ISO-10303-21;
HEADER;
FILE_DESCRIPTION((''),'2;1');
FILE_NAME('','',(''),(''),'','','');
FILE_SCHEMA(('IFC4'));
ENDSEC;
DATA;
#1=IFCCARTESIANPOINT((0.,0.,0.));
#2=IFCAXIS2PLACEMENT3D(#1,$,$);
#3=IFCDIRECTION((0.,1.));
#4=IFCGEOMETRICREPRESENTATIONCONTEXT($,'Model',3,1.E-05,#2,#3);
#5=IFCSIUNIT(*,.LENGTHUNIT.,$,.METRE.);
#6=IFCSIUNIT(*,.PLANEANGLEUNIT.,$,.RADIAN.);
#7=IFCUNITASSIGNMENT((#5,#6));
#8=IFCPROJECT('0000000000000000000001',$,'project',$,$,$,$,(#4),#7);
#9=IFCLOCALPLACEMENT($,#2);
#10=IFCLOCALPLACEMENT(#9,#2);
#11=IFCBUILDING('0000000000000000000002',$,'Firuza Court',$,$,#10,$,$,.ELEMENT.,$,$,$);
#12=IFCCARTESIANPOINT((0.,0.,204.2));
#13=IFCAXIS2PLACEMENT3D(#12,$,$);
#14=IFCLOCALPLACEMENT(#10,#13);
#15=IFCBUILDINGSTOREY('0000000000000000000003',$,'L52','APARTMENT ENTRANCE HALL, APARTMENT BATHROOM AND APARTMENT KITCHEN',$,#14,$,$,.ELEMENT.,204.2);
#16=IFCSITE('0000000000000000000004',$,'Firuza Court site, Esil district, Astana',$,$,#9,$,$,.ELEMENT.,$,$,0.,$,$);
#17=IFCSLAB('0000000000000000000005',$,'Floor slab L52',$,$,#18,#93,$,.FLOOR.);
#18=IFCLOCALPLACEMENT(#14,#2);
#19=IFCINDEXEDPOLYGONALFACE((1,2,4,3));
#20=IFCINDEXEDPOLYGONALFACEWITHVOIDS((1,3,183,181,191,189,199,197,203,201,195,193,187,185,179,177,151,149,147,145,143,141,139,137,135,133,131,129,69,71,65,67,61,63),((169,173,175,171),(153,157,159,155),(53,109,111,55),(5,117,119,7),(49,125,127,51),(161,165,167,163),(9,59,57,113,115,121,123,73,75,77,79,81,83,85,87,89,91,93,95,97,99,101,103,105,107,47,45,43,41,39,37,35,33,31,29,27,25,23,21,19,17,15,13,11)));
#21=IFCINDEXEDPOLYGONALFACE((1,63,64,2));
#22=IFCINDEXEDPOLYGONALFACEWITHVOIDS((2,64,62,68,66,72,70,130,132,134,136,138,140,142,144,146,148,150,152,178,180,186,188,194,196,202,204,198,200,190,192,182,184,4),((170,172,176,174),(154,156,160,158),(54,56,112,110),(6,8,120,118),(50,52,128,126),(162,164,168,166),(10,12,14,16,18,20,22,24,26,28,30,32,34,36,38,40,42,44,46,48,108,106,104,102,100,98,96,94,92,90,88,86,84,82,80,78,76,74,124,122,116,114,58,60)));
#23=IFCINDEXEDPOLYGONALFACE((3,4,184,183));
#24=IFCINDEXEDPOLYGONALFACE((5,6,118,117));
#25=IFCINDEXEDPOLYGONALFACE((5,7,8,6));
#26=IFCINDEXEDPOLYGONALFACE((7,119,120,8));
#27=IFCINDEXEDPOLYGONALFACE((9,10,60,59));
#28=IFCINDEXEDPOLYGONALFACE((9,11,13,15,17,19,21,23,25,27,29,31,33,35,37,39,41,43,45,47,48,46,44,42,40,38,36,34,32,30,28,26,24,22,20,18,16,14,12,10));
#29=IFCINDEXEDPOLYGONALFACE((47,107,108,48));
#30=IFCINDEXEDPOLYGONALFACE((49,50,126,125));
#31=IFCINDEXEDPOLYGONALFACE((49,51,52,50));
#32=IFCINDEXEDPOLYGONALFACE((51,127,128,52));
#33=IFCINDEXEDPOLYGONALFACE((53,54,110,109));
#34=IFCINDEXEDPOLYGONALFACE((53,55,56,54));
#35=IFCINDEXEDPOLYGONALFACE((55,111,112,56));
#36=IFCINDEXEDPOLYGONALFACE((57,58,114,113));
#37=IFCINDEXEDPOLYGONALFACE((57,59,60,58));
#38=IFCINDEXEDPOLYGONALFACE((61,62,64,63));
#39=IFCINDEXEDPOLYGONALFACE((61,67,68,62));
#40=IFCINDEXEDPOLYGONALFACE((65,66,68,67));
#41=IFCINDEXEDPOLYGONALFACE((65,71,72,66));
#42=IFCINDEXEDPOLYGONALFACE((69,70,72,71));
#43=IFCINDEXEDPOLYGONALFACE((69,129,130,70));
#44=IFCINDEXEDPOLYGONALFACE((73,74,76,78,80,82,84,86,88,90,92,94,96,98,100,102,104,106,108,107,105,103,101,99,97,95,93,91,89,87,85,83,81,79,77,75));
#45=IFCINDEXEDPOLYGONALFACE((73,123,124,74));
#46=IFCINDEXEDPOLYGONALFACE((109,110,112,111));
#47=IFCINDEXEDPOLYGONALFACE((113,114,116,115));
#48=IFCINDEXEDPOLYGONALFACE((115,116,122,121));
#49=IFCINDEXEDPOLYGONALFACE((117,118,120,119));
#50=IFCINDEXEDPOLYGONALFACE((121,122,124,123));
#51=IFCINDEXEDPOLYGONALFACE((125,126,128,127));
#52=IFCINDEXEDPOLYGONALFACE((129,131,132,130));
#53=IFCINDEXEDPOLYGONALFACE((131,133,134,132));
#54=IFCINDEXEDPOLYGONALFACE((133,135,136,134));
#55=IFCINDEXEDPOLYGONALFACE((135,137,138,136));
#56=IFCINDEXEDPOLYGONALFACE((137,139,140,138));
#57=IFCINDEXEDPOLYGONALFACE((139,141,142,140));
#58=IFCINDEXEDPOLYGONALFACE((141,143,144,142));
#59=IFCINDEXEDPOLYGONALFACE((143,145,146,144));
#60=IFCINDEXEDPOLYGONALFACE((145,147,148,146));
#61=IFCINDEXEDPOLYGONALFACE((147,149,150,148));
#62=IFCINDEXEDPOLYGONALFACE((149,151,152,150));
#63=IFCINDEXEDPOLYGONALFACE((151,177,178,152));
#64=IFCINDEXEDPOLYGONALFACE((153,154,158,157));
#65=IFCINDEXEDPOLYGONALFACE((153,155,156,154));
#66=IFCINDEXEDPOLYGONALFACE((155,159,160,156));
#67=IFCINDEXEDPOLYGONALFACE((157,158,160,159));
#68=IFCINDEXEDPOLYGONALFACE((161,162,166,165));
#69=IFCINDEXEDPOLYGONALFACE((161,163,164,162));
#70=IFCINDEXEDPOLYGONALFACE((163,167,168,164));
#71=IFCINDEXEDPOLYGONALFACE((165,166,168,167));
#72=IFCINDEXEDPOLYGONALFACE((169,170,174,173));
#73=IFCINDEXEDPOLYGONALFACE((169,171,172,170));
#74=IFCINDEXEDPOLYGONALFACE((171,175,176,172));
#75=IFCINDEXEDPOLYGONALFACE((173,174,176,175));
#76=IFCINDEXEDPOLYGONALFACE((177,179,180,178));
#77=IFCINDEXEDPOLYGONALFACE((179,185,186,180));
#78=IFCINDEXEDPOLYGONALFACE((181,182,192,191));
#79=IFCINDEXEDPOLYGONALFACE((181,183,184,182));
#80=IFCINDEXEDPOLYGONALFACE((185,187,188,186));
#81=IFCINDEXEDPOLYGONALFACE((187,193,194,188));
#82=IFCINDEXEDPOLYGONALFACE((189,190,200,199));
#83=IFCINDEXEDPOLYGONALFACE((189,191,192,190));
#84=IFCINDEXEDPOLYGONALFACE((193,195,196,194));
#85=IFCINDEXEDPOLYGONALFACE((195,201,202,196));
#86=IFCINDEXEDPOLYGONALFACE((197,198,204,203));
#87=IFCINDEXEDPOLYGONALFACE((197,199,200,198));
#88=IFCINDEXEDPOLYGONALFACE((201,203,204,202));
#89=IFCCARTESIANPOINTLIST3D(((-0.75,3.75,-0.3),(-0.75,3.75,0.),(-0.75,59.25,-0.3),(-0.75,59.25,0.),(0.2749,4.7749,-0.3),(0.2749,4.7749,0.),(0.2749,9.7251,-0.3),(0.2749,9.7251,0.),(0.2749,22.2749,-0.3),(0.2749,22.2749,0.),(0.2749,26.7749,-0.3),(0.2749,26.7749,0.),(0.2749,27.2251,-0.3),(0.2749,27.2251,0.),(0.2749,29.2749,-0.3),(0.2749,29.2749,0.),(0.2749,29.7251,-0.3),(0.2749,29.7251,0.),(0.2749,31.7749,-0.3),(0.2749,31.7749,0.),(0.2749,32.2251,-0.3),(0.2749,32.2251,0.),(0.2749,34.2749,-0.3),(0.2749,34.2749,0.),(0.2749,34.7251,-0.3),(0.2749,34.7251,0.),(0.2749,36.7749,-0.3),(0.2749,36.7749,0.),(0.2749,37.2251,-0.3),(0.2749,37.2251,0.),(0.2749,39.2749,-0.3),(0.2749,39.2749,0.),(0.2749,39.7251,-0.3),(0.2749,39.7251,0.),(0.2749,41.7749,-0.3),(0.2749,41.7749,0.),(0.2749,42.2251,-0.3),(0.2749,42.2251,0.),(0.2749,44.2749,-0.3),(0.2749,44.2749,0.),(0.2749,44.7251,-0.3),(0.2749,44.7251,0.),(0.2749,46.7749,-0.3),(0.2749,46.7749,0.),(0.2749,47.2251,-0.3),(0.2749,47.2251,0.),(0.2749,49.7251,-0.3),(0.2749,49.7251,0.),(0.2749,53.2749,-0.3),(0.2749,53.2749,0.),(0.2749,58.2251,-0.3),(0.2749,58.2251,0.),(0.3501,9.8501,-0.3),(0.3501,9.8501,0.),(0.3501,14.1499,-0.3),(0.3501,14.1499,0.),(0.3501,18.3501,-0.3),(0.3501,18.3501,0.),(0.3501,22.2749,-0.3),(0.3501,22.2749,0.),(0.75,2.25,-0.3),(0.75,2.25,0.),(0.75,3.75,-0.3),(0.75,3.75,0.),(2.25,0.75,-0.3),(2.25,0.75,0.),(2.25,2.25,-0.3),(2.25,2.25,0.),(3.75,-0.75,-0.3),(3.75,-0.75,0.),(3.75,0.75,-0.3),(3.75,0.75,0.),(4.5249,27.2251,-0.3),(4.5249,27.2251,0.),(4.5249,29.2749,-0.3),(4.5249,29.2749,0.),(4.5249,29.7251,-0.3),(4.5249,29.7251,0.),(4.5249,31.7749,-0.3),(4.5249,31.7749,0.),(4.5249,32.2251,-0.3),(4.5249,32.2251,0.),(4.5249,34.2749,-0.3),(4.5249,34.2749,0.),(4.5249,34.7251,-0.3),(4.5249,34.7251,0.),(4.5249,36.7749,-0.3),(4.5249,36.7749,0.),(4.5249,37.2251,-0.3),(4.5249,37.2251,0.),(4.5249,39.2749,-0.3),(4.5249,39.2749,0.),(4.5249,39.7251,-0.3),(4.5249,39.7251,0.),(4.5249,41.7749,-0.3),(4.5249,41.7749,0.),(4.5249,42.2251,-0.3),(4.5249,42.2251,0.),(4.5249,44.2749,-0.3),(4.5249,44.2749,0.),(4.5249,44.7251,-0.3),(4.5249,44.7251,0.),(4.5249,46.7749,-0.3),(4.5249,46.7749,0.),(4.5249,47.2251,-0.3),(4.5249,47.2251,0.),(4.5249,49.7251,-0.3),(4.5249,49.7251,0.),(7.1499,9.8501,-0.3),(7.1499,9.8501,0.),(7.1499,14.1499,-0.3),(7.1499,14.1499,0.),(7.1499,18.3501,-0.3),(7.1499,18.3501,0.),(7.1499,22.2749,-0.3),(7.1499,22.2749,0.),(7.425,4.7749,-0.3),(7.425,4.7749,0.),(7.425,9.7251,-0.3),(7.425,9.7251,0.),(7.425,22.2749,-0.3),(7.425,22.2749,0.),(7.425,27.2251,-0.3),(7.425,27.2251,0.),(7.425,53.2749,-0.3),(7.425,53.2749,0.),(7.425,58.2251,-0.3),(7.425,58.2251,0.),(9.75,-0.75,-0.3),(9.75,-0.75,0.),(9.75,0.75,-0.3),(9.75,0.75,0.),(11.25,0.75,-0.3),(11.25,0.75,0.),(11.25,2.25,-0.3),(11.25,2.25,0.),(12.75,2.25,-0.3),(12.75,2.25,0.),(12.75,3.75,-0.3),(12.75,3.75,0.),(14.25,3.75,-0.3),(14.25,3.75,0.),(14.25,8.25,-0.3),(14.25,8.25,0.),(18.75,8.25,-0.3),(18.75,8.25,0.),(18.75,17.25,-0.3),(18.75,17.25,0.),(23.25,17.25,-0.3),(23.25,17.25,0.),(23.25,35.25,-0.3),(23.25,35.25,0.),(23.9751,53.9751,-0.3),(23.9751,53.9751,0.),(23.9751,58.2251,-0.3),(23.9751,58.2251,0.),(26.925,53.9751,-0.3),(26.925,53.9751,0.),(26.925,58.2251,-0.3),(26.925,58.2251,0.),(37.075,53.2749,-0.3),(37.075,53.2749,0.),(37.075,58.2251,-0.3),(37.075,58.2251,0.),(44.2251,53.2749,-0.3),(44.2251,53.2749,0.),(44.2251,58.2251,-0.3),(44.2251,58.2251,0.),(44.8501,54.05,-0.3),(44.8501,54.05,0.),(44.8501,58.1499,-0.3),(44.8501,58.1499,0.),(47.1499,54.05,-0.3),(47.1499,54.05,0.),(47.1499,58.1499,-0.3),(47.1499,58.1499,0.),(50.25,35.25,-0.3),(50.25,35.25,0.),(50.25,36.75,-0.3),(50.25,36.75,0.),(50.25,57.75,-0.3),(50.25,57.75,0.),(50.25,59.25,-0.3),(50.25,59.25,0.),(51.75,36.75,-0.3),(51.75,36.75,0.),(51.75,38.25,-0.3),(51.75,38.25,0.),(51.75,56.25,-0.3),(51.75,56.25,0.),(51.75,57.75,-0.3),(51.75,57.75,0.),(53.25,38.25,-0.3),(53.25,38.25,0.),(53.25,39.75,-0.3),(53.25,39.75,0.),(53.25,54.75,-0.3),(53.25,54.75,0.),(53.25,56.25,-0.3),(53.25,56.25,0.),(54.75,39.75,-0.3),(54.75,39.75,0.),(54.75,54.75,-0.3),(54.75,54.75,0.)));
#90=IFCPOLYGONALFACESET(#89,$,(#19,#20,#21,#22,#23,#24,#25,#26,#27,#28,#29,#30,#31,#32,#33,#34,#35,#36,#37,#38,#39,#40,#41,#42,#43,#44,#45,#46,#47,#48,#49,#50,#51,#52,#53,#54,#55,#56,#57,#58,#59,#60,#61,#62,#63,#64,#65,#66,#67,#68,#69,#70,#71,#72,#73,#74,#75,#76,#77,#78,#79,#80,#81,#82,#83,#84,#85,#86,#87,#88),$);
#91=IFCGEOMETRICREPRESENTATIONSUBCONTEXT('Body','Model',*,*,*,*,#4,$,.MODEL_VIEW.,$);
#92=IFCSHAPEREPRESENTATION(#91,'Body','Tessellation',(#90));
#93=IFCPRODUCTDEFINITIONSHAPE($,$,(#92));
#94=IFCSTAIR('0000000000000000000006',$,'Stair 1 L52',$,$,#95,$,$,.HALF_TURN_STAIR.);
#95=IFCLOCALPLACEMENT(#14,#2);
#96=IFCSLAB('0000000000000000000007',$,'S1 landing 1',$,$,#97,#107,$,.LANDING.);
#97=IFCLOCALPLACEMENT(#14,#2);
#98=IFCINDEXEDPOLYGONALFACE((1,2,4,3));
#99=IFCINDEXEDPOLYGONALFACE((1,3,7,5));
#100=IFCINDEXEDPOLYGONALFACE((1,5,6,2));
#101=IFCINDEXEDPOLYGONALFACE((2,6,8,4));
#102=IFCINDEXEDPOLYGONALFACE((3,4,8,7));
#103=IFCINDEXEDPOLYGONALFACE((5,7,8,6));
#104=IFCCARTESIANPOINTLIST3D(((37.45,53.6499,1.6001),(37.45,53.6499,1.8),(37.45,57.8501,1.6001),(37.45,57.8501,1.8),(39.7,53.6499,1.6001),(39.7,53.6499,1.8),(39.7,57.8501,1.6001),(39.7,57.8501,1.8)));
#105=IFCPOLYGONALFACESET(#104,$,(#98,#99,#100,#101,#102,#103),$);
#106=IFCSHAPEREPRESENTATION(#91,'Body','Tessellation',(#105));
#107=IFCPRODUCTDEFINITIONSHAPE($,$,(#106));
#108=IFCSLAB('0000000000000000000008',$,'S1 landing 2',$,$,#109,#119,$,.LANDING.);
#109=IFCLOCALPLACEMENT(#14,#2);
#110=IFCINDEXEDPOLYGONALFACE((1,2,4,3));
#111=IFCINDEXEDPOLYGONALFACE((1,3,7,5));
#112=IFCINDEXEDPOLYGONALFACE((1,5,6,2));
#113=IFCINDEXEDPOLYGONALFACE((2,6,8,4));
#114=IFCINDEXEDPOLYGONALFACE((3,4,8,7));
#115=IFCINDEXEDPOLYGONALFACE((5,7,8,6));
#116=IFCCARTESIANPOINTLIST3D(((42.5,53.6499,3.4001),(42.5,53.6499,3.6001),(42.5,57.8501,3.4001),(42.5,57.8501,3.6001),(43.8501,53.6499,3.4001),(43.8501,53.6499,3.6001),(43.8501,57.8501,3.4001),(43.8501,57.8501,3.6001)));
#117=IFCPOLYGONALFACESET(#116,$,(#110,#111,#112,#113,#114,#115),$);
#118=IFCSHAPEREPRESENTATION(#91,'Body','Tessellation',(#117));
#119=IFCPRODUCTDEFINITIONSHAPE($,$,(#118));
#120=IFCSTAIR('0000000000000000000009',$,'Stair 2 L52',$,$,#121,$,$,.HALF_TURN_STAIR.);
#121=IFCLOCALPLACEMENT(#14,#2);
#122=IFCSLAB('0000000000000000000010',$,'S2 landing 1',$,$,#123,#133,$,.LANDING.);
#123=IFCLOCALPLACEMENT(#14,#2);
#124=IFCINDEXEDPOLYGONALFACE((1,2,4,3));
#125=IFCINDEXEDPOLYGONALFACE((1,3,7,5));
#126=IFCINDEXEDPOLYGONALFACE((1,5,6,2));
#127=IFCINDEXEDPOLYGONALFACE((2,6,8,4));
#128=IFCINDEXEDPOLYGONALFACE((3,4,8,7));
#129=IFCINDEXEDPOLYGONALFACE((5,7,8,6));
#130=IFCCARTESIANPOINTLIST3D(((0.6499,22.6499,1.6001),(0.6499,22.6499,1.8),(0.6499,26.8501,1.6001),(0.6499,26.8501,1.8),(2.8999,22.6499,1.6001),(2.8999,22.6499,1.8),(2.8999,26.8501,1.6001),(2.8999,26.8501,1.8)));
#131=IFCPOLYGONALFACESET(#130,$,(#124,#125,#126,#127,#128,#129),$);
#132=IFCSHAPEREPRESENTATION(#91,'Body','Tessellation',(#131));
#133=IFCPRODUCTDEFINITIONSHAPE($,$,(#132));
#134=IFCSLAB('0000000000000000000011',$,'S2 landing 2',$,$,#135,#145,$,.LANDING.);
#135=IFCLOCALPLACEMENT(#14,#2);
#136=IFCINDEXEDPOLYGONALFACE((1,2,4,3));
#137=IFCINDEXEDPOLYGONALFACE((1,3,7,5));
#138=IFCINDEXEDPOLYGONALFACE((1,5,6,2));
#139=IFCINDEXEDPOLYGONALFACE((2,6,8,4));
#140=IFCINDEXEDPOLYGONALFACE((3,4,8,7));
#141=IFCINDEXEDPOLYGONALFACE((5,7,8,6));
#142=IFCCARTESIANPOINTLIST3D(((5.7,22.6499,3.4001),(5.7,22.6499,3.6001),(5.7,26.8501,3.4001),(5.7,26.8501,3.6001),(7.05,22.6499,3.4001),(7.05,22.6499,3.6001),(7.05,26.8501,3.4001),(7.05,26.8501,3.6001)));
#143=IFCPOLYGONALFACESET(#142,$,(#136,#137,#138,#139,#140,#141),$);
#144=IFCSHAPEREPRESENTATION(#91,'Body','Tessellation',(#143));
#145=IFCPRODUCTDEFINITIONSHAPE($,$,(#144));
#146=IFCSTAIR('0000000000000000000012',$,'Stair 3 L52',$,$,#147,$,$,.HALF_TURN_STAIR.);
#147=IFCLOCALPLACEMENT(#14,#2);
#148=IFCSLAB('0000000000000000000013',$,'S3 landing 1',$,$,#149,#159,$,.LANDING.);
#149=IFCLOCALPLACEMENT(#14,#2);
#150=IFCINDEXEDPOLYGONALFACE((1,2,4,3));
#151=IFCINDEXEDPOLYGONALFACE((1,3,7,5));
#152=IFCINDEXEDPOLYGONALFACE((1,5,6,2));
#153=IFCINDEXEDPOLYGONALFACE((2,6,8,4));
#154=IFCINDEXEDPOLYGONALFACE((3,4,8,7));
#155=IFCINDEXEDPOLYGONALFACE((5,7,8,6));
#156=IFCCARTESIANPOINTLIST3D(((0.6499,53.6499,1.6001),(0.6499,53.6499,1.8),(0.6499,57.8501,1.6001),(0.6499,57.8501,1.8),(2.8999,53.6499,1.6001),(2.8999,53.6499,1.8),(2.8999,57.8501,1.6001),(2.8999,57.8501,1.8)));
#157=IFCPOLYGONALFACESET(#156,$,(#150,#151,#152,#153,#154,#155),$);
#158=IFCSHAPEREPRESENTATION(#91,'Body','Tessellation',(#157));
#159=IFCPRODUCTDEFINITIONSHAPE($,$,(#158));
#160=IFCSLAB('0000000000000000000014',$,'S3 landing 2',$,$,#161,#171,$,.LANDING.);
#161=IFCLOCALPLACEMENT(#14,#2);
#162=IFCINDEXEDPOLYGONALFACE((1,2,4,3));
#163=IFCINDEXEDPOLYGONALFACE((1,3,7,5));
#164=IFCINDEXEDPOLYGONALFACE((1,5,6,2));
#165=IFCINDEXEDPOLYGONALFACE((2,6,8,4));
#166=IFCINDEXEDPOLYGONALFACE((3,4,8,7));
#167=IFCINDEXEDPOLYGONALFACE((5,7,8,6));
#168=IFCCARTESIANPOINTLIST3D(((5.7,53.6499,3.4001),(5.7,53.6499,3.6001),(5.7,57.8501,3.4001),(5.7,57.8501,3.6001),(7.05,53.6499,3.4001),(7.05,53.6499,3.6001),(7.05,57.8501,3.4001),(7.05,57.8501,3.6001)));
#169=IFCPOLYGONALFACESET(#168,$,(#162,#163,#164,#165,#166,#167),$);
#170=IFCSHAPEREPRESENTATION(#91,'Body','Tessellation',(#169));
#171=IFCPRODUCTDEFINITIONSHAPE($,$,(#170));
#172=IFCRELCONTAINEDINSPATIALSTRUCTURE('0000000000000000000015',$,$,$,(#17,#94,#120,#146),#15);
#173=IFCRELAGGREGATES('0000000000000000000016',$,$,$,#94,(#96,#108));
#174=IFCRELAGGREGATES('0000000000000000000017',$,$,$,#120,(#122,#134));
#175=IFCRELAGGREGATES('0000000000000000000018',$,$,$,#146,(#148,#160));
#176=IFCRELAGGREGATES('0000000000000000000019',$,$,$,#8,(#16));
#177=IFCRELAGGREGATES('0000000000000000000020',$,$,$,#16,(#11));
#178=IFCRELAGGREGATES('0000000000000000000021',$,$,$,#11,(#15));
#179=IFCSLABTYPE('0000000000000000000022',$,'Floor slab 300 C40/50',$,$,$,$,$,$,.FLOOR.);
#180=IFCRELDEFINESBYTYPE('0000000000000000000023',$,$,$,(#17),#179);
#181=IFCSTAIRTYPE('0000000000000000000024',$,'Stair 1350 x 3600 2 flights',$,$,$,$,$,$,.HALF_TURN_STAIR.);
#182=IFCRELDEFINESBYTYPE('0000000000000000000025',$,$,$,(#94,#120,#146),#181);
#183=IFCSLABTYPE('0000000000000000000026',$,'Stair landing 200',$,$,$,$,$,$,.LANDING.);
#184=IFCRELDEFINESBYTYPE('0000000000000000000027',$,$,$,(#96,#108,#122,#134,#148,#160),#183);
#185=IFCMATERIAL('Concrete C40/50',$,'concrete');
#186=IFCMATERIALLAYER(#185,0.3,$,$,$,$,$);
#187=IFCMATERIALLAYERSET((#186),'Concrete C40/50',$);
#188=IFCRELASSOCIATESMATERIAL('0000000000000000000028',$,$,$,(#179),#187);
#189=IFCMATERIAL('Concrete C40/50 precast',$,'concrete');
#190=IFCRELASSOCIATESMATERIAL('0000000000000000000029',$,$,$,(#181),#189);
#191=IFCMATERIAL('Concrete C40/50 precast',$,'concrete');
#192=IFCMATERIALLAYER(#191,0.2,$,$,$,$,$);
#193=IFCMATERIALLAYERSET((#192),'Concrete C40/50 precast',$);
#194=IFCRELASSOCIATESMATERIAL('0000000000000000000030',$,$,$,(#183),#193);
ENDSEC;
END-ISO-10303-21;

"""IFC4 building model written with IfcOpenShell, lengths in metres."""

from ifc_helpers import new_model, si_unit, direction, frame, origin, place, context, subcontext, project, spatial, polyline, outline, extrude, material, layer, layer_set, type_object, element, aggregate, save


model = new_model("IFC4")

# Units and contexts
model_context = context("Model", 3, precision=1e-05, world=origin(), true_north=direction((0.0, 1.0)))
body_context = subcontext(model_context, "Body", "Model", "MODEL_VIEW")
ifc_project = project(units=[si_unit("LENGTHUNIT", "METRE"), si_unit("PLANEANGLEUNIT", "RADIAN")], contexts=[model_context])

# Site, building, storey
site_placement = place(None, origin())
site = spatial("IfcSite", under=ifc_project, at=site_placement, Name="Firuza Court site, Esil district, Astana", CompositionType="ELEMENT", RefElevation=0.0)
building_placement = place(site_placement, origin())
building = spatial("IfcBuilding", under=site, at=building_placement, Name="Firuza Court", CompositionType="ELEMENT")
storey_placement = place(building_placement, frame((0.0, 0.0, 204.2)))
storey = spatial("IfcBuildingStorey", under=building, at=storey_placement, Name="L52", Description="APARTMENT ENTRANCE HALL, APARTMENT BATHROOM AND APARTMENT KITCHEN", CompositionType="ELEMENT", Elevation=204.2)

# Slab
ifc_material_1 = material(Name="Concrete C40/50", Category="concrete")
ifc_layer_1 = layer(ifc_material_1, 0.3)
ifc_layer_set_1 = layer_set([ifc_layer_1], Name="Concrete C40/50")
slab_type_1 = type_object("IfcSlabType", Name="Floor slab 300 C40/50", PredefinedType="FLOOR", material=ifc_layer_set_1)
slab_1_placement = place(storey_placement, frame((0.0, 0.0, -0.3)))
element("IfcSlab", 1, at=slab_1_placement, inside=storey, type_object=slab_type_1, Name="Floor slab L52", PredefinedType="FLOOR", context=body_context, shape_type="SweptSolid", body=[
    extrude(outline(polyline([(-0.75, 59.25), (50.25, 59.25), (50.25, 57.75), (51.75, 57.75), (51.75, 56.25), (53.25, 56.25), (53.25, 54.75), (54.75, 54.75), (54.75, 39.75), (53.25, 39.75), (53.25, 38.25), (51.75, 38.25), (51.75, 36.75), (50.25, 36.75), (50.25, 35.25), (23.25, 35.25), (23.25, 17.25), (18.75, 17.25), (18.75, 8.25), (14.25, 8.25), (14.25, 3.75), (12.75, 3.75), (12.75, 2.25), (11.25, 2.25), (11.25, 0.75), (9.75, 0.75), (9.75, -0.75), (3.75, -0.75), (3.75, 0.75), (2.25, 0.75), (2.25, 2.25), (0.75, 2.25), (0.75, 3.75), (-0.75, 3.75), (-0.75, 59.25)]), holes=[polyline([(0.2749, 29.7251), (0.2749, 29.2749), (0.2749, 27.2251), (0.2749, 26.7749), (0.2749, 22.2749), (0.3501, 22.2749), (0.3501, 18.3501), (7.1499, 18.3501), (7.1499, 22.2749), (7.425, 22.2749), (7.425, 27.2251), (4.5249, 27.2251), (4.5249, 29.2749), (4.5249, 29.7251), (4.5249, 31.7749), (4.5249, 32.2251), (4.5249, 34.2749), (4.5249, 34.7251), (4.5249, 36.7749), (4.5249, 37.2251), (4.5249, 39.2749), (4.5249, 39.7251), (4.5249, 41.7749), (4.5249, 42.2251), (4.5249, 44.2749), (4.5249, 44.7251), (4.5249, 46.7749), (4.5249, 47.2251), (4.5249, 49.7251), (0.2749, 49.7251), (0.2749, 47.2251), (0.2749, 46.7749), (0.2749, 44.7251), (0.2749, 44.2749), (0.2749, 42.2251), (0.2749, 41.7749), (0.2749, 39.7251), (0.2749, 39.2749), (0.2749, 37.2251), (0.2749, 36.7749), (0.2749, 34.7251), (0.2749, 34.2749), (0.2749, 32.2251), (0.2749, 31.7749), (0.2749, 29.7251)]), polyline([(7.425, 9.7251), (0.2749, 9.7251), (0.2749, 4.7749), (7.425, 4.7749), (7.425, 9.7251)]), polyline([(7.1499, 14.1499), (0.3501, 14.1499), (0.3501, 9.8501), (7.1499, 9.8501), (7.1499, 14.1499)]), polyline([(7.425, 58.2251), (0.2749, 58.2251), (0.2749, 53.2749), (7.425, 53.2749), (7.425, 58.2251)]), polyline([(44.2251, 58.2251), (37.075, 58.2251), (37.075, 53.2749), (44.2251, 53.2749), (44.2251, 58.2251)]), polyline([(26.925, 53.9751), (26.925, 58.2251), (23.9751, 58.2251), (23.9751, 53.9751), (26.925, 53.9751)]), polyline([(47.1499, 54.05), (47.1499, 58.1499), (44.8501, 58.1499), (44.8501, 54.05), (47.1499, 54.05)])]), origin(), (0.0, 0.0, 1.0), 0.3),
])

# Stairs, slabs
ifc_material_2 = material(Name="Concrete C40/50 precast", Category="concrete")
stair_type = type_object("IfcStairType", Name="Stair 1350 x 3600 2 flights", PredefinedType="HALF_TURN_STAIR", material=ifc_material_2)
stair_1_placement = place(storey_placement, origin())
stair_1 = element("IfcStair", 2, at=stair_1_placement, inside=storey, type_object=stair_type, Name="Stair 1 L52", PredefinedType="HALF_TURN_STAIR")
ifc_material_3 = material(Name="Concrete C40/50 precast", Category="concrete")
ifc_layer_2 = layer(ifc_material_3, 0.2)
ifc_layer_set_2 = layer_set([ifc_layer_2], Name="Concrete C40/50 precast")
slab_type_2 = type_object("IfcSlabType", Name="Stair landing 200", PredefinedType="LANDING", material=ifc_layer_set_2)
slab_2_placement = place(storey_placement, frame((0.0, 0.0, 1.6001)))
slab_2 = element("IfcSlab", 3, at=slab_2_placement, type_object=slab_type_2, Name="S1 landing 1", PredefinedType="LANDING", context=body_context, shape_type="SweptSolid", body=[
    extrude(outline(polyline([(39.7, 53.6499), (39.7, 57.8501), (37.45, 57.8501), (37.45, 53.6499), (39.7, 53.6499)])), origin(), (0.0, 0.0, 1.0), 0.2),
])
slab_3_placement = place(storey_placement, frame((0.0, 0.0, 3.4001)))
slab_3 = element("IfcSlab", 4, at=slab_3_placement, type_object=slab_type_2, Name="S1 landing 2", PredefinedType="LANDING", context=body_context, shape_type="SweptSolid", body=[
    extrude(outline(polyline([(43.8501, 53.6499), (43.8501, 57.8501), (42.5, 57.8501), (42.5, 53.6499), (43.8501, 53.6499)])), origin(), (0.0, 0.0, 1.0), 0.2),
])
aggregate(stair_1, [slab_2, slab_3])
stair_2_placement = place(storey_placement, origin())
stair_2 = element("IfcStair", 5, at=stair_2_placement, inside=storey, type_object=stair_type, Name="Stair 2 L52", PredefinedType="HALF_TURN_STAIR")
slab_4_placement = place(storey_placement, frame((0.0, 0.0, 1.6001)))
slab_4 = element("IfcSlab", 6, at=slab_4_placement, type_object=slab_type_2, Name="S2 landing 1", PredefinedType="LANDING", context=body_context, shape_type="SweptSolid", body=[
    extrude(outline(polyline([(2.8999, 22.6499), (2.8999, 26.8501), (0.6499, 26.8501), (0.6499, 22.6499), (2.8999, 22.6499)])), origin(), (0.0, 0.0, 1.0), 0.2),
])
slab_5_placement = place(storey_placement, frame((0.0, 0.0, 3.4001)))
slab_5 = element("IfcSlab", 7, at=slab_5_placement, type_object=slab_type_2, Name="S2 landing 2", PredefinedType="LANDING", context=body_context, shape_type="SweptSolid", body=[
    extrude(outline(polyline([(7.05, 22.6499), (7.05, 26.8501), (5.7, 26.8501), (5.7, 22.6499), (7.05, 22.6499)])), origin(), (0.0, 0.0, 1.0), 0.2),
])
aggregate(stair_2, [slab_4, slab_5])
stair_3_placement = place(storey_placement, origin())
stair_3 = element("IfcStair", 8, at=stair_3_placement, inside=storey, type_object=stair_type, Name="Stair 3 L52", PredefinedType="HALF_TURN_STAIR")
slab_6_placement = place(storey_placement, frame((0.0, 0.0, 1.6001)))
slab_6 = element("IfcSlab", 9, at=slab_6_placement, type_object=slab_type_2, Name="S3 landing 1", PredefinedType="LANDING", context=body_context, shape_type="SweptSolid", body=[
    extrude(outline(polyline([(2.8999, 53.6499), (2.8999, 57.8501), (0.6499, 57.8501), (0.6499, 53.6499), (2.8999, 53.6499)])), origin(), (0.0, 0.0, 1.0), 0.2),
])
slab_7_placement = place(storey_placement, frame((0.0, 0.0, 3.4001)))
slab_7 = element("IfcSlab", 10, at=slab_7_placement, type_object=slab_type_2, Name="S3 landing 2", PredefinedType="LANDING", context=body_context, shape_type="SweptSolid", body=[
    extrude(outline(polyline([(7.05, 53.6499), (7.05, 57.8501), (5.7, 57.8501), (5.7, 53.6499), (7.05, 53.6499)])), origin(), (0.0, 0.0, 1.0), 0.2),
])
aggregate(stair_3, [slab_6, slab_7])

save(model, "model.ifc")
